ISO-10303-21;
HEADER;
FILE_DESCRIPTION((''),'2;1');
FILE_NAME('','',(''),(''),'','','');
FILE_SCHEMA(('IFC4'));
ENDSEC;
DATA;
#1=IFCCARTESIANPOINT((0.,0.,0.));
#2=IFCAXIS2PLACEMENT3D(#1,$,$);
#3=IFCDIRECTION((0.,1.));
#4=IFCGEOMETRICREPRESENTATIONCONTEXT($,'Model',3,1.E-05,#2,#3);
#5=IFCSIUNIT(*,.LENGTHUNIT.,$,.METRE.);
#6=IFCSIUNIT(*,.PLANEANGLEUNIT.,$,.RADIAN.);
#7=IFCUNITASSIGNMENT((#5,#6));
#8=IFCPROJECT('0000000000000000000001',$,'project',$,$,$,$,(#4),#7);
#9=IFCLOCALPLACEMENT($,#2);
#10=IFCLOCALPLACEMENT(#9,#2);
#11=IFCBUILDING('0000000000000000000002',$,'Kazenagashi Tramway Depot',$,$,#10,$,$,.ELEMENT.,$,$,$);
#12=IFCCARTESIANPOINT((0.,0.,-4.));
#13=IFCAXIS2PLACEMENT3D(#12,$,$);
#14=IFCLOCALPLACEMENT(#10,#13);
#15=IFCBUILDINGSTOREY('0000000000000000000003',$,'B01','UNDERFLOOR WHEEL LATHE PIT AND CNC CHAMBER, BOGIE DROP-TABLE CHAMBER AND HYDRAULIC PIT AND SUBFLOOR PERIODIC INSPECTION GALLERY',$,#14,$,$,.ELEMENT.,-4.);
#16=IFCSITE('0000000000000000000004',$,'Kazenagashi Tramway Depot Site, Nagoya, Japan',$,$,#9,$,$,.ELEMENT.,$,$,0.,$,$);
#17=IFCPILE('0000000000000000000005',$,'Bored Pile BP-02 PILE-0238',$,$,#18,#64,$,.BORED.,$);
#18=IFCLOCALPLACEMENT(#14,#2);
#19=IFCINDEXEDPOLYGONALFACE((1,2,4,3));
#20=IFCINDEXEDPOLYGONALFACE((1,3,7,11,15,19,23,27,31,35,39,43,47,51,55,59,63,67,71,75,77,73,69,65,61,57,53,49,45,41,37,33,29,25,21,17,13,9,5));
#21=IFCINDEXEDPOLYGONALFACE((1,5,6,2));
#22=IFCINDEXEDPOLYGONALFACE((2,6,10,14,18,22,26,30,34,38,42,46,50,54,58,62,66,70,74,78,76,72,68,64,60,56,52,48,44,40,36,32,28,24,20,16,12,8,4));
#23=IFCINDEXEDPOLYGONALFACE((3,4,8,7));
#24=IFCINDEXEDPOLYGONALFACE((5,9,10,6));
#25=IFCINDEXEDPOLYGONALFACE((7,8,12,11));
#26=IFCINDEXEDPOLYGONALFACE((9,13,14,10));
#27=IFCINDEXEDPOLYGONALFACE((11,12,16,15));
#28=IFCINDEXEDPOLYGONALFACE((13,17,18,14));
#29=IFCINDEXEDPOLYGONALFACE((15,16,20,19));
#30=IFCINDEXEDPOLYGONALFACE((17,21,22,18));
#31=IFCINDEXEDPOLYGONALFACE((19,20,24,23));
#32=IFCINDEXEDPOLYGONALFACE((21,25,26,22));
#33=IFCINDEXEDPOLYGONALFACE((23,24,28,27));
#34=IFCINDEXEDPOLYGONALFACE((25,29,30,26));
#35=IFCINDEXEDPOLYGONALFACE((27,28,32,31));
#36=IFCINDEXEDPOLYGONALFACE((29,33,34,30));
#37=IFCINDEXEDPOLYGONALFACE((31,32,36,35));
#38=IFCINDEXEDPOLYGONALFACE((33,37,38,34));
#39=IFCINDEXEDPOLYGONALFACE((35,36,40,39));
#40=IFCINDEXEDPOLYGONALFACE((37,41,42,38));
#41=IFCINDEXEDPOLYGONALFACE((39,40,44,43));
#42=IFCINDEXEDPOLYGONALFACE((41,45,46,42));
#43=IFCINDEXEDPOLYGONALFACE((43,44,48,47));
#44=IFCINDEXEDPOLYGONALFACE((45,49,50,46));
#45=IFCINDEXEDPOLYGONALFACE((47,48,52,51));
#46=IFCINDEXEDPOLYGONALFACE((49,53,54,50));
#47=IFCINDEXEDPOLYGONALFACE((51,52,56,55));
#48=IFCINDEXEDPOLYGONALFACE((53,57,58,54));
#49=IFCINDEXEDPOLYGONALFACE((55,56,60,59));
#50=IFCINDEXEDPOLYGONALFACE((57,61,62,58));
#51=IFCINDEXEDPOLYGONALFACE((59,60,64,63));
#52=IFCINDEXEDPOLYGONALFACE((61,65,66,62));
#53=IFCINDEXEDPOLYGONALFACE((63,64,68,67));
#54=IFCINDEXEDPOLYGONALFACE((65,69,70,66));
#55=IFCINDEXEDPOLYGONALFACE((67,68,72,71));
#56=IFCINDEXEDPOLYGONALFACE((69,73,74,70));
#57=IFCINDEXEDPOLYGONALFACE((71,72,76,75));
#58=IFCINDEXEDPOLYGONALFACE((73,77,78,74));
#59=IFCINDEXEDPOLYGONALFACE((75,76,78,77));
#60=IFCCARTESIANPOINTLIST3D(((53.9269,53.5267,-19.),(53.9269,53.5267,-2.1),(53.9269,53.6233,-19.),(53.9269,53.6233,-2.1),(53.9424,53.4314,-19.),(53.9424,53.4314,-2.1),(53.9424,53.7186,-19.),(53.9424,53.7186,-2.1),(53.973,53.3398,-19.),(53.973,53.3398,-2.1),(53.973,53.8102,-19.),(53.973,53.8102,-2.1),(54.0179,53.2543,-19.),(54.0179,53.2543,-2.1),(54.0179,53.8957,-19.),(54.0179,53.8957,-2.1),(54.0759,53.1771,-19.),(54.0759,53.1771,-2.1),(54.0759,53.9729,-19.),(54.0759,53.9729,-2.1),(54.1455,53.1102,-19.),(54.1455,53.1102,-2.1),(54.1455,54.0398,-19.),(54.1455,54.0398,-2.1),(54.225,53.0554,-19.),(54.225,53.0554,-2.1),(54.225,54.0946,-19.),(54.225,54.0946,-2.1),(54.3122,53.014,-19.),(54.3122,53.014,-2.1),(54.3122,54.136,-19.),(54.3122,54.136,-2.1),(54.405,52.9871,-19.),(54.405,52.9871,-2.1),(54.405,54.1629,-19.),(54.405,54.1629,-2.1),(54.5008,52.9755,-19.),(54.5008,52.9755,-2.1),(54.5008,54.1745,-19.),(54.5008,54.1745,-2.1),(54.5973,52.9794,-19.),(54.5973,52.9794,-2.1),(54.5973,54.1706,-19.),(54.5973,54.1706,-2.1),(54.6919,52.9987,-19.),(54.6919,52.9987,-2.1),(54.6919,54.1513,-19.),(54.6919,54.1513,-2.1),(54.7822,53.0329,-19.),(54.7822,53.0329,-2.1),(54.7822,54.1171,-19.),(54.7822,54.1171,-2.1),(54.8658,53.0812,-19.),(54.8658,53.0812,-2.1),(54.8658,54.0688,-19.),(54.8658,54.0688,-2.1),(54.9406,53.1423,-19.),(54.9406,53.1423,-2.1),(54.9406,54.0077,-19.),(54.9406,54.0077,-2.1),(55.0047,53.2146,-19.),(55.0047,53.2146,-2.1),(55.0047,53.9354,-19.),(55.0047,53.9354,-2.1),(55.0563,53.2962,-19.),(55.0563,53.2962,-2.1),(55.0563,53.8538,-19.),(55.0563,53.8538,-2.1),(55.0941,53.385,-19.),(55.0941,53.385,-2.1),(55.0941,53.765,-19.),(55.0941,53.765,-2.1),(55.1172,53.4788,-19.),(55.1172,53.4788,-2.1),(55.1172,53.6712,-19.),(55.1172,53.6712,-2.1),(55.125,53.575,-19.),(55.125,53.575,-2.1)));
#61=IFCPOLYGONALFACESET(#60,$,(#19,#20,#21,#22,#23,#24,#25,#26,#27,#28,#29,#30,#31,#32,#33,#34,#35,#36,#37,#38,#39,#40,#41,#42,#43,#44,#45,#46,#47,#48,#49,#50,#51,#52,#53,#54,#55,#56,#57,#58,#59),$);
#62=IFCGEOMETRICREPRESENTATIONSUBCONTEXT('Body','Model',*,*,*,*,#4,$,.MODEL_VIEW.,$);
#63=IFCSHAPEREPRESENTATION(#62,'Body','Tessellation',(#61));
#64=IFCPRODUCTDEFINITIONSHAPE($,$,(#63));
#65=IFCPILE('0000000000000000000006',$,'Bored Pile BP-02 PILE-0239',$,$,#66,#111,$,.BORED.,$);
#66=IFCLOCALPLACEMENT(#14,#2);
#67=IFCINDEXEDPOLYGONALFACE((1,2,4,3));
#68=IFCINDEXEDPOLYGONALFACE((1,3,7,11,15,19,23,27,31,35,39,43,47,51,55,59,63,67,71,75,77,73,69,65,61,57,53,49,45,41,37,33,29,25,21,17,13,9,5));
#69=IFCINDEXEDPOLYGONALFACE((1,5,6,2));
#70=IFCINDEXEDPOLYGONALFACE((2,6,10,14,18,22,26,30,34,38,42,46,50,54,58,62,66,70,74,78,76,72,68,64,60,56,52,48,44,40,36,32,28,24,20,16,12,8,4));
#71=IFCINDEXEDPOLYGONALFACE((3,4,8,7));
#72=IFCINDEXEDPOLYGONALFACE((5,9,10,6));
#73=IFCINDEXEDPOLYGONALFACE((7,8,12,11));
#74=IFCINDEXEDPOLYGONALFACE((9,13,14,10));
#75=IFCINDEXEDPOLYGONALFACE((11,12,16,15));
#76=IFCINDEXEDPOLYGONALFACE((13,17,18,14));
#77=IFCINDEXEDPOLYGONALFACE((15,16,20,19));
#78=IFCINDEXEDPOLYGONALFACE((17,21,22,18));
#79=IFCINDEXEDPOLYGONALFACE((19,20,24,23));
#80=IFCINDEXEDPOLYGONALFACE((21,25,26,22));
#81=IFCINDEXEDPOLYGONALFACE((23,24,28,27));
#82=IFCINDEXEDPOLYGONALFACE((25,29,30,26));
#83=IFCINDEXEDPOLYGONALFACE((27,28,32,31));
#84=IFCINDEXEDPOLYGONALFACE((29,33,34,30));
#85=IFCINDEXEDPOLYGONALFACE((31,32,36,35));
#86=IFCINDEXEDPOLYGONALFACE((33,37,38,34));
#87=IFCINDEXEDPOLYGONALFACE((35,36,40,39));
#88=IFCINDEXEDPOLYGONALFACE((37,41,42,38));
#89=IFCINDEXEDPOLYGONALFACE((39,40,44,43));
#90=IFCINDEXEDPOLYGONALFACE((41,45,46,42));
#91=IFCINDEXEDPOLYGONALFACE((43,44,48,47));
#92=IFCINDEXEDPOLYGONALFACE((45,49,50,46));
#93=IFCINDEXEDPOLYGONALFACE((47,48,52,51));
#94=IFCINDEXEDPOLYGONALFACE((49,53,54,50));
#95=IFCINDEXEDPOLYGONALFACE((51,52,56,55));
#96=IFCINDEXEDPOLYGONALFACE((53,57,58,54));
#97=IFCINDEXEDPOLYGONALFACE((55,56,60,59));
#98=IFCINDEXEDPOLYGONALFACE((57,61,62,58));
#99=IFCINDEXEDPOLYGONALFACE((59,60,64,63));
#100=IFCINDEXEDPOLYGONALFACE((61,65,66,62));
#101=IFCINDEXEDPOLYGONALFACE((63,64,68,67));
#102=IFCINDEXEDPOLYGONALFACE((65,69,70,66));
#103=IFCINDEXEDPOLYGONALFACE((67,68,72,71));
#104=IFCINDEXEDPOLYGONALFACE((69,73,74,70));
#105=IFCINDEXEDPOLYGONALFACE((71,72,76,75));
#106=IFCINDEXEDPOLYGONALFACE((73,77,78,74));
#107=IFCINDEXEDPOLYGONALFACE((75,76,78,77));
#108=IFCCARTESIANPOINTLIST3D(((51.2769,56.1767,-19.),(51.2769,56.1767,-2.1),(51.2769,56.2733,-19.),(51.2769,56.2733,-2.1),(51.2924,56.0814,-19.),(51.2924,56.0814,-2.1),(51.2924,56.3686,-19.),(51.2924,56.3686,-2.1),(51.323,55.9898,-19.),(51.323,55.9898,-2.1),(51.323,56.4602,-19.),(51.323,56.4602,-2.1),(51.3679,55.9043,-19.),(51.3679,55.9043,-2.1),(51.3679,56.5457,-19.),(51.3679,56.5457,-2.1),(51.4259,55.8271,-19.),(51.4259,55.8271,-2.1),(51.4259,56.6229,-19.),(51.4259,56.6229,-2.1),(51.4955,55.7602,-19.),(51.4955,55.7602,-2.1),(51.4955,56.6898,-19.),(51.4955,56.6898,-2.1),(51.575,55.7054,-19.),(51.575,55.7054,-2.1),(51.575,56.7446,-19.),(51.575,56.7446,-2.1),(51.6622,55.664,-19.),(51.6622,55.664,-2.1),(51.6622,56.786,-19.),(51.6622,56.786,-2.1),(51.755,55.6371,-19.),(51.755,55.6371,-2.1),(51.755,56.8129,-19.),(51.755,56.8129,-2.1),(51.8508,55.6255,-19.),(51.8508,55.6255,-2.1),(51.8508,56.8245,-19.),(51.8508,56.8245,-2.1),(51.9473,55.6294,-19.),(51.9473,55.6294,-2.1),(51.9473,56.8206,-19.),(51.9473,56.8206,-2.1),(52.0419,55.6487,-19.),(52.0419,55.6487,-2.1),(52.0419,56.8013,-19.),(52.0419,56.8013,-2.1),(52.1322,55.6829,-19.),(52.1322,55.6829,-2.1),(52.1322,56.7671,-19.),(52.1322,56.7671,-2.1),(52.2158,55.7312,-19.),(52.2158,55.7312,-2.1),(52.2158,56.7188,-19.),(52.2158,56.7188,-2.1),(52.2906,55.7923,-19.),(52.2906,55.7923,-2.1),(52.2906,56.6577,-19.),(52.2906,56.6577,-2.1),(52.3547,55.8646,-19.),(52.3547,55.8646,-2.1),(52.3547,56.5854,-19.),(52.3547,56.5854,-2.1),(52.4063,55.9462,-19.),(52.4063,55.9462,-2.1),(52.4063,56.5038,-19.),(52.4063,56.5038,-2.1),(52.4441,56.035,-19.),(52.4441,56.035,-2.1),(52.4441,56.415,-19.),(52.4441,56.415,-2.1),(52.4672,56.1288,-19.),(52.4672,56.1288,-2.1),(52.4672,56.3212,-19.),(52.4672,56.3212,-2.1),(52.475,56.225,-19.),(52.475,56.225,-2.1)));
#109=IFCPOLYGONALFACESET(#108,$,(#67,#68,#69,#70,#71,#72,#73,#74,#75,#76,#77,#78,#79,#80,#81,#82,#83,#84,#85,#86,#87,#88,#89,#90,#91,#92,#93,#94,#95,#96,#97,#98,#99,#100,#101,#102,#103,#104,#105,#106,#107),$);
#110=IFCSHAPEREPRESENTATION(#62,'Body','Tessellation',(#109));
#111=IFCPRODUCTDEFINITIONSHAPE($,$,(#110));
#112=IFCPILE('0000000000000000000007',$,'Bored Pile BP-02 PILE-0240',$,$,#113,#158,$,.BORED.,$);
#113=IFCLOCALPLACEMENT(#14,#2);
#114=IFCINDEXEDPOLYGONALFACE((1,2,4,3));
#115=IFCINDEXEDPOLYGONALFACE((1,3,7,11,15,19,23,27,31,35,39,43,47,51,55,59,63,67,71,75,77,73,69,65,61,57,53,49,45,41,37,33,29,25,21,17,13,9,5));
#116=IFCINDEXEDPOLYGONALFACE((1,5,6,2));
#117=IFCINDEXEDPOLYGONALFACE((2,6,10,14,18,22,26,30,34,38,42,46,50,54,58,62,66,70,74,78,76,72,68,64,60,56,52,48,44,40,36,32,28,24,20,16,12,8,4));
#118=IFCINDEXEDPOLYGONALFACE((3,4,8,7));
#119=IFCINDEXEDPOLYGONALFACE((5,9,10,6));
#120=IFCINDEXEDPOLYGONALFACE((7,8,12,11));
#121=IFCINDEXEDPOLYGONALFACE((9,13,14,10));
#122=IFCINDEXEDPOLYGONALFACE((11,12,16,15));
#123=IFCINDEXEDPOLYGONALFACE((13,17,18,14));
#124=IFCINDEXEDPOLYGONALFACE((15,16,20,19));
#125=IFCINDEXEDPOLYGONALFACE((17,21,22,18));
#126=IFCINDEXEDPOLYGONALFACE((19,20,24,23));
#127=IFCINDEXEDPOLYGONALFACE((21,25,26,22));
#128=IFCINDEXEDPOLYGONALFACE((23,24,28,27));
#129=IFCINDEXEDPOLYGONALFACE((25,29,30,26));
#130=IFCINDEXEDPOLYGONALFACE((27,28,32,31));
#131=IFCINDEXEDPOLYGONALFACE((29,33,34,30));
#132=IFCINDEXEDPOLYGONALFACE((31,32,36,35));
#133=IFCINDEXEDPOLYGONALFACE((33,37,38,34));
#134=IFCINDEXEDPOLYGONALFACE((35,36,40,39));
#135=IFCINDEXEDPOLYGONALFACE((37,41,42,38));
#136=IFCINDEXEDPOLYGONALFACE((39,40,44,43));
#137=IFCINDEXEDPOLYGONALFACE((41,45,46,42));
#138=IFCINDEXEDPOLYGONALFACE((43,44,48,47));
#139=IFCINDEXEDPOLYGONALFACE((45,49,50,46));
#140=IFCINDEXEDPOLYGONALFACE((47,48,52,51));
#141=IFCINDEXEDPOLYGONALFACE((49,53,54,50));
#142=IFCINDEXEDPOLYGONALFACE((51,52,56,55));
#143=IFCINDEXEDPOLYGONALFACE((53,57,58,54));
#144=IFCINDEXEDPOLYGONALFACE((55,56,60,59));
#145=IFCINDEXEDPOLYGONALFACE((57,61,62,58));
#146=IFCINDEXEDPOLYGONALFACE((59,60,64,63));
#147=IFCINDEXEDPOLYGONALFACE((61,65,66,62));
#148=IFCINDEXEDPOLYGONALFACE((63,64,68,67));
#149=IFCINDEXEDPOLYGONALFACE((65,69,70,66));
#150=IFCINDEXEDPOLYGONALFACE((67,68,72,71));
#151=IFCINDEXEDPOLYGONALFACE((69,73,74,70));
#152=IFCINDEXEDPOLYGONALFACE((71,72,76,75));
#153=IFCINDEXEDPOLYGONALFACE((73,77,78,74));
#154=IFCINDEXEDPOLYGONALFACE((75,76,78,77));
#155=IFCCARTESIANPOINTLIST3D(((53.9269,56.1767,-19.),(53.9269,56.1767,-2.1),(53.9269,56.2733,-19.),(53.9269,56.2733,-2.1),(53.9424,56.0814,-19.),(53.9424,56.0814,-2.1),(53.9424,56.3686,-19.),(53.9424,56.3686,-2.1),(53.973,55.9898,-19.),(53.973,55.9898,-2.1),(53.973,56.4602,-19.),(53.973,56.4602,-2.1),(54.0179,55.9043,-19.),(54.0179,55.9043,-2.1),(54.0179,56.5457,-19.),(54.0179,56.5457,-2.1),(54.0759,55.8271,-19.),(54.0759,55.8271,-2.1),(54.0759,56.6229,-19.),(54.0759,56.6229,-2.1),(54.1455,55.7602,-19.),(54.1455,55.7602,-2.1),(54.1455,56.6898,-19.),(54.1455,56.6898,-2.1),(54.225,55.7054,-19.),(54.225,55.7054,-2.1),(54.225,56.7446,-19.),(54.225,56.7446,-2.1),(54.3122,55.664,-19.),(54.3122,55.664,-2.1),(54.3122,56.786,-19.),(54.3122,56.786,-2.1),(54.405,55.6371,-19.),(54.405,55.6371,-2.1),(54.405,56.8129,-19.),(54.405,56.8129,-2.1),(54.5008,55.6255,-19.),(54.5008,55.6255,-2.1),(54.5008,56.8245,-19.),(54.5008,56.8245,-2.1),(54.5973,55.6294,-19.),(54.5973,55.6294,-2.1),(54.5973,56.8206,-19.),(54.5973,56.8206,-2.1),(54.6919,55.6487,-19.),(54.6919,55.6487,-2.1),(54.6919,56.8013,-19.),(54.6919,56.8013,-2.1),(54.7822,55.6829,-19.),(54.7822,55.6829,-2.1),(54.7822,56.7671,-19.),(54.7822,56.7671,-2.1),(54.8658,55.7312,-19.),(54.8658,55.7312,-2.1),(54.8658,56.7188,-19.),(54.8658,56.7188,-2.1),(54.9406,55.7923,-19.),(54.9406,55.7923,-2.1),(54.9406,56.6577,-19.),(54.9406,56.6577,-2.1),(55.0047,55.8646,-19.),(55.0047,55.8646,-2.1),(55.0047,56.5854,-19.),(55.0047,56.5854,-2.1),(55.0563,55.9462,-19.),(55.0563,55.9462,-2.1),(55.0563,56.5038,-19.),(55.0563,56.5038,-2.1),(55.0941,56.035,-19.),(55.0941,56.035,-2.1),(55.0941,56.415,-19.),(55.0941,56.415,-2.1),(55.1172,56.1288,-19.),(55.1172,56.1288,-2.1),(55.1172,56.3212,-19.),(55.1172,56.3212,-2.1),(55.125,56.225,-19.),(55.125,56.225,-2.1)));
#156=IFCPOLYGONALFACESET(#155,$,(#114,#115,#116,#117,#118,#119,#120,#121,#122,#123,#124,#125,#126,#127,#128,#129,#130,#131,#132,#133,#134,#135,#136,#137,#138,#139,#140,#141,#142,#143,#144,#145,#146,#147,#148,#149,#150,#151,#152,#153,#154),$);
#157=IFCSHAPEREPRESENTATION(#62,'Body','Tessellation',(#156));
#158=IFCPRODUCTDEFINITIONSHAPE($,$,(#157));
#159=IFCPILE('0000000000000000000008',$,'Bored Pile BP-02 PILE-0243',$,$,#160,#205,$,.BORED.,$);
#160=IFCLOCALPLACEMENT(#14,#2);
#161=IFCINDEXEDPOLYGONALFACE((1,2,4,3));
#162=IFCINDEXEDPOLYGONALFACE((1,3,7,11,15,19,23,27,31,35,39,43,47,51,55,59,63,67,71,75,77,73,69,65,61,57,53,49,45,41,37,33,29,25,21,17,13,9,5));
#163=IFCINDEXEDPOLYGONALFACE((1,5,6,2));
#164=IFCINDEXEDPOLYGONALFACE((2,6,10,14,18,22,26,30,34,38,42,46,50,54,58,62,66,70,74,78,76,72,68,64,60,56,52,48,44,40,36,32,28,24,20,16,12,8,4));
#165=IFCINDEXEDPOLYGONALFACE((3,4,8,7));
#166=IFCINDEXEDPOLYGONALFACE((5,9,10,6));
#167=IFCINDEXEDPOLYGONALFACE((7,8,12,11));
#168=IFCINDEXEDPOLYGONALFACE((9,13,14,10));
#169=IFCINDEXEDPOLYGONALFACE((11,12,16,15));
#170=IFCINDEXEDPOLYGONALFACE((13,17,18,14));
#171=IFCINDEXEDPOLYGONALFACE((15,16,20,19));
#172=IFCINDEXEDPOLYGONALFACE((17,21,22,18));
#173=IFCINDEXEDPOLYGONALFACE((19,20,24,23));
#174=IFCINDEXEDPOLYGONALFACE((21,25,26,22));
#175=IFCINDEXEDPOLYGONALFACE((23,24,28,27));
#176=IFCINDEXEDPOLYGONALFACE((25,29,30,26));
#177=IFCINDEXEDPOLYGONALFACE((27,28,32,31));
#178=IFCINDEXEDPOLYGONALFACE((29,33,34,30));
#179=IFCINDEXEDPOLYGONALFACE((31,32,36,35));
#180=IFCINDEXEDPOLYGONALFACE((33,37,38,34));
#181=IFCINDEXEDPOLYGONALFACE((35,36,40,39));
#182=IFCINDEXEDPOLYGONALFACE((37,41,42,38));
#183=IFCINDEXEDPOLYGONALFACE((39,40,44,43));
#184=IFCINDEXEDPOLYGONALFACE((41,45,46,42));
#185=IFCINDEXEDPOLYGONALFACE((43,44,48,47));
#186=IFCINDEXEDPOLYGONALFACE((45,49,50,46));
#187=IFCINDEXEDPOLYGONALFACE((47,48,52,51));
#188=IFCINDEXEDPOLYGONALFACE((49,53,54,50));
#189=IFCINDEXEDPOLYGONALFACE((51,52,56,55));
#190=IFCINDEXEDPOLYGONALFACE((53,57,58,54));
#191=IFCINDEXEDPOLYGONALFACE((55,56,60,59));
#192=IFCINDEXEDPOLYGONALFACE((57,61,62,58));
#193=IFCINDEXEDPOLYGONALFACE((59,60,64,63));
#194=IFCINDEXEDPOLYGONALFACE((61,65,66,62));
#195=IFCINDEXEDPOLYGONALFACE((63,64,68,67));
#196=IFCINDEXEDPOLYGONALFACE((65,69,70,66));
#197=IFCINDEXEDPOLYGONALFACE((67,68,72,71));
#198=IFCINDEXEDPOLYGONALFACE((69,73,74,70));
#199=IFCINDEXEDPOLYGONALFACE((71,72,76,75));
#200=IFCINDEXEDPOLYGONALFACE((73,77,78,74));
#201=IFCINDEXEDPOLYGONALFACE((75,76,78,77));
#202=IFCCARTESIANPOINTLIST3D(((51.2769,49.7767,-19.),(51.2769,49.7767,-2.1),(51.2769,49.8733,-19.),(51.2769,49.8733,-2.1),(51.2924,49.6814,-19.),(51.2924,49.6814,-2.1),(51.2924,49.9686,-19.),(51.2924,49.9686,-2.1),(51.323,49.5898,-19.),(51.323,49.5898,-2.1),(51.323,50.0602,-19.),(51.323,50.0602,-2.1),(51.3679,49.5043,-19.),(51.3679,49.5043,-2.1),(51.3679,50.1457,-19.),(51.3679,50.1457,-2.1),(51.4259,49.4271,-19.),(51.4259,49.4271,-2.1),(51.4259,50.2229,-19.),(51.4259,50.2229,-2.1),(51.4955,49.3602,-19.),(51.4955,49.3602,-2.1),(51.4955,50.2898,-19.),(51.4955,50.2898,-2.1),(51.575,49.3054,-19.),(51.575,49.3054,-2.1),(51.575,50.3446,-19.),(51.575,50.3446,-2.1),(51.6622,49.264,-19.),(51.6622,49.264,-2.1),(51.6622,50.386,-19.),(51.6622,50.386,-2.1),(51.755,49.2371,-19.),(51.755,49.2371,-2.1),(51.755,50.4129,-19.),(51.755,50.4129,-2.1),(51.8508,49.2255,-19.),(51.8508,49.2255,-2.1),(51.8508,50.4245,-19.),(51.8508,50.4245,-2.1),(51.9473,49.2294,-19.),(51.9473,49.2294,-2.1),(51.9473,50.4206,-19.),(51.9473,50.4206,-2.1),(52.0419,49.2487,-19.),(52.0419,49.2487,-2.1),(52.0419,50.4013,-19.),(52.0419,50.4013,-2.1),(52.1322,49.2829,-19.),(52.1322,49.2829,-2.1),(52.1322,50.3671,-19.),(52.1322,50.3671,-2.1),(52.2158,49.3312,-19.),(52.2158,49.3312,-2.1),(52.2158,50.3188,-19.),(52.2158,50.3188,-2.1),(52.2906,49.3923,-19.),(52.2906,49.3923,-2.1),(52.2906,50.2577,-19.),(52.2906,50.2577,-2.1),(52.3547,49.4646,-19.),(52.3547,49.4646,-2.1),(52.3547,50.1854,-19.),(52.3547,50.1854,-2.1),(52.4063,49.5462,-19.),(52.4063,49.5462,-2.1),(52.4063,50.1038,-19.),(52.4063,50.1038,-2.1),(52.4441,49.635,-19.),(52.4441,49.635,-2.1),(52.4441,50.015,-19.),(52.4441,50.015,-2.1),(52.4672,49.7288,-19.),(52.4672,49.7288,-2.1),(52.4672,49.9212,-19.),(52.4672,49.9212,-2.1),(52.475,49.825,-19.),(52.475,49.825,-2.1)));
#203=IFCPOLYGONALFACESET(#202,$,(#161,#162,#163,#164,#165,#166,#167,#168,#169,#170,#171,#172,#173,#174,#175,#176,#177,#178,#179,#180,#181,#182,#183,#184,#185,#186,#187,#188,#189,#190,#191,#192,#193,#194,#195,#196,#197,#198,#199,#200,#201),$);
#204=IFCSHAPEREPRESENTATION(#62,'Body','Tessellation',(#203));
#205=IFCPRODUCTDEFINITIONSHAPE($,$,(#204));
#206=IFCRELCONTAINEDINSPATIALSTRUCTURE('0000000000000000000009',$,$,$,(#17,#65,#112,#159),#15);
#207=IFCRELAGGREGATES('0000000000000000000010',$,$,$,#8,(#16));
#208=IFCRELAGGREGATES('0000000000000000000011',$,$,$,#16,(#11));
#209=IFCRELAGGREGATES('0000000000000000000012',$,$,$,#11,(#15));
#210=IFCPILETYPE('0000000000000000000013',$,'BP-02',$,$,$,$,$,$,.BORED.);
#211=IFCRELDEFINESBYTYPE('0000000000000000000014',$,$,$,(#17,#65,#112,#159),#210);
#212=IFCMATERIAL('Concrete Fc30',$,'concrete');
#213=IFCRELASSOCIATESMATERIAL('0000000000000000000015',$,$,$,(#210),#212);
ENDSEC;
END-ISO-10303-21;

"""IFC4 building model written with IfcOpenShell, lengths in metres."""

from ifc_helpers import new_model, si_unit, direction, frame, origin, origin_2d, place, context, subcontext, project, spatial, circle, extrude, material, material_profile, profile_set, type_object, element, save


model = new_model("IFC4")

# Units and contexts
model_context = context("Model", 3, precision=1e-05, world=origin(), true_north=direction((0.0, 1.0)))
body_context = subcontext(model_context, "Body", "Model", "MODEL_VIEW")
ifc_project = project(units=[si_unit("LENGTHUNIT", "METRE"), si_unit("PLANEANGLEUNIT", "RADIAN")], contexts=[model_context])

# Site, building, storey
site_placement = place(None, origin())
site = spatial("IfcSite", under=ifc_project, at=site_placement, Name="Kazenagashi Tramway Depot Site, Nagoya, Japan", CompositionType="ELEMENT", RefElevation=0.0)
building_placement = place(site_placement, origin())
building = spatial("IfcBuilding", under=site, at=building_placement, Name="Kazenagashi Tramway Depot", CompositionType="ELEMENT")
storey_placement = place(building_placement, frame((0.0, 0.0, -4.0)))
storey = spatial("IfcBuildingStorey", under=building, at=storey_placement, Name="B01", Description="UNDERFLOOR WHEEL LATHE PIT AND CNC CHAMBER, BOGIE DROP-TABLE CHAMBER AND HYDRAULIC PIT AND SUBFLOOR PERIODIC INSPECTION GALLERY", CompositionType="ELEMENT", Elevation=-4.0)

# Piles
ifc_material_1 = material(Name="Concrete Fc30", Category="concrete")
ifc_material_profile_1 = material_profile(ifc_material_1, circle(Radius=0.6, at=origin_2d()), Name="PILE-1200")
ifc_profile_set_1 = profile_set([ifc_material_profile_1], Name="Concrete Fc30")
pile_type_1 = type_object("IfcPileType", Name="BP-02", PredefinedType="BORED", material=ifc_profile_set_1)
for number, where, z_axis, x_axis, name in (
    (1, (54.525, 53.575, -2.1), (0.0, 0.0, -1.0), (1.0, 0.0, 0.0), "Bored Pile BP-02 PILE-0238"),
    (2, (51.875, 56.225, -2.1), (0.0, 0.0, -1.0), (1.0, 0.0, 0.0), "Bored Pile BP-02 PILE-0239"),
    (3, (54.525, 56.225, -2.1), (0.0, 0.0, -1.0), (1.0, 0.0, 0.0), "Bored Pile BP-02 PILE-0240"),
    (4, (51.875, 49.825, -2.1), (0.0, 0.0, -1.0), (1.0, 0.0, 0.0), "Bored Pile BP-02 PILE-0243"),
):
    element("IfcPile", number, at=place(storey_placement, frame(where, z_axis=z_axis, x_axis=x_axis)), inside=storey, type_object=pile_type_1, Name=name, PredefinedType="BORED", context=body_context, shape_type="SweptSolid", body=[
        extrude(circle(Radius=0.6, at=origin_2d()), origin(), (0.0, 0.0, 1.0), 16.9),
    ])

save(model, "model.ifc")
